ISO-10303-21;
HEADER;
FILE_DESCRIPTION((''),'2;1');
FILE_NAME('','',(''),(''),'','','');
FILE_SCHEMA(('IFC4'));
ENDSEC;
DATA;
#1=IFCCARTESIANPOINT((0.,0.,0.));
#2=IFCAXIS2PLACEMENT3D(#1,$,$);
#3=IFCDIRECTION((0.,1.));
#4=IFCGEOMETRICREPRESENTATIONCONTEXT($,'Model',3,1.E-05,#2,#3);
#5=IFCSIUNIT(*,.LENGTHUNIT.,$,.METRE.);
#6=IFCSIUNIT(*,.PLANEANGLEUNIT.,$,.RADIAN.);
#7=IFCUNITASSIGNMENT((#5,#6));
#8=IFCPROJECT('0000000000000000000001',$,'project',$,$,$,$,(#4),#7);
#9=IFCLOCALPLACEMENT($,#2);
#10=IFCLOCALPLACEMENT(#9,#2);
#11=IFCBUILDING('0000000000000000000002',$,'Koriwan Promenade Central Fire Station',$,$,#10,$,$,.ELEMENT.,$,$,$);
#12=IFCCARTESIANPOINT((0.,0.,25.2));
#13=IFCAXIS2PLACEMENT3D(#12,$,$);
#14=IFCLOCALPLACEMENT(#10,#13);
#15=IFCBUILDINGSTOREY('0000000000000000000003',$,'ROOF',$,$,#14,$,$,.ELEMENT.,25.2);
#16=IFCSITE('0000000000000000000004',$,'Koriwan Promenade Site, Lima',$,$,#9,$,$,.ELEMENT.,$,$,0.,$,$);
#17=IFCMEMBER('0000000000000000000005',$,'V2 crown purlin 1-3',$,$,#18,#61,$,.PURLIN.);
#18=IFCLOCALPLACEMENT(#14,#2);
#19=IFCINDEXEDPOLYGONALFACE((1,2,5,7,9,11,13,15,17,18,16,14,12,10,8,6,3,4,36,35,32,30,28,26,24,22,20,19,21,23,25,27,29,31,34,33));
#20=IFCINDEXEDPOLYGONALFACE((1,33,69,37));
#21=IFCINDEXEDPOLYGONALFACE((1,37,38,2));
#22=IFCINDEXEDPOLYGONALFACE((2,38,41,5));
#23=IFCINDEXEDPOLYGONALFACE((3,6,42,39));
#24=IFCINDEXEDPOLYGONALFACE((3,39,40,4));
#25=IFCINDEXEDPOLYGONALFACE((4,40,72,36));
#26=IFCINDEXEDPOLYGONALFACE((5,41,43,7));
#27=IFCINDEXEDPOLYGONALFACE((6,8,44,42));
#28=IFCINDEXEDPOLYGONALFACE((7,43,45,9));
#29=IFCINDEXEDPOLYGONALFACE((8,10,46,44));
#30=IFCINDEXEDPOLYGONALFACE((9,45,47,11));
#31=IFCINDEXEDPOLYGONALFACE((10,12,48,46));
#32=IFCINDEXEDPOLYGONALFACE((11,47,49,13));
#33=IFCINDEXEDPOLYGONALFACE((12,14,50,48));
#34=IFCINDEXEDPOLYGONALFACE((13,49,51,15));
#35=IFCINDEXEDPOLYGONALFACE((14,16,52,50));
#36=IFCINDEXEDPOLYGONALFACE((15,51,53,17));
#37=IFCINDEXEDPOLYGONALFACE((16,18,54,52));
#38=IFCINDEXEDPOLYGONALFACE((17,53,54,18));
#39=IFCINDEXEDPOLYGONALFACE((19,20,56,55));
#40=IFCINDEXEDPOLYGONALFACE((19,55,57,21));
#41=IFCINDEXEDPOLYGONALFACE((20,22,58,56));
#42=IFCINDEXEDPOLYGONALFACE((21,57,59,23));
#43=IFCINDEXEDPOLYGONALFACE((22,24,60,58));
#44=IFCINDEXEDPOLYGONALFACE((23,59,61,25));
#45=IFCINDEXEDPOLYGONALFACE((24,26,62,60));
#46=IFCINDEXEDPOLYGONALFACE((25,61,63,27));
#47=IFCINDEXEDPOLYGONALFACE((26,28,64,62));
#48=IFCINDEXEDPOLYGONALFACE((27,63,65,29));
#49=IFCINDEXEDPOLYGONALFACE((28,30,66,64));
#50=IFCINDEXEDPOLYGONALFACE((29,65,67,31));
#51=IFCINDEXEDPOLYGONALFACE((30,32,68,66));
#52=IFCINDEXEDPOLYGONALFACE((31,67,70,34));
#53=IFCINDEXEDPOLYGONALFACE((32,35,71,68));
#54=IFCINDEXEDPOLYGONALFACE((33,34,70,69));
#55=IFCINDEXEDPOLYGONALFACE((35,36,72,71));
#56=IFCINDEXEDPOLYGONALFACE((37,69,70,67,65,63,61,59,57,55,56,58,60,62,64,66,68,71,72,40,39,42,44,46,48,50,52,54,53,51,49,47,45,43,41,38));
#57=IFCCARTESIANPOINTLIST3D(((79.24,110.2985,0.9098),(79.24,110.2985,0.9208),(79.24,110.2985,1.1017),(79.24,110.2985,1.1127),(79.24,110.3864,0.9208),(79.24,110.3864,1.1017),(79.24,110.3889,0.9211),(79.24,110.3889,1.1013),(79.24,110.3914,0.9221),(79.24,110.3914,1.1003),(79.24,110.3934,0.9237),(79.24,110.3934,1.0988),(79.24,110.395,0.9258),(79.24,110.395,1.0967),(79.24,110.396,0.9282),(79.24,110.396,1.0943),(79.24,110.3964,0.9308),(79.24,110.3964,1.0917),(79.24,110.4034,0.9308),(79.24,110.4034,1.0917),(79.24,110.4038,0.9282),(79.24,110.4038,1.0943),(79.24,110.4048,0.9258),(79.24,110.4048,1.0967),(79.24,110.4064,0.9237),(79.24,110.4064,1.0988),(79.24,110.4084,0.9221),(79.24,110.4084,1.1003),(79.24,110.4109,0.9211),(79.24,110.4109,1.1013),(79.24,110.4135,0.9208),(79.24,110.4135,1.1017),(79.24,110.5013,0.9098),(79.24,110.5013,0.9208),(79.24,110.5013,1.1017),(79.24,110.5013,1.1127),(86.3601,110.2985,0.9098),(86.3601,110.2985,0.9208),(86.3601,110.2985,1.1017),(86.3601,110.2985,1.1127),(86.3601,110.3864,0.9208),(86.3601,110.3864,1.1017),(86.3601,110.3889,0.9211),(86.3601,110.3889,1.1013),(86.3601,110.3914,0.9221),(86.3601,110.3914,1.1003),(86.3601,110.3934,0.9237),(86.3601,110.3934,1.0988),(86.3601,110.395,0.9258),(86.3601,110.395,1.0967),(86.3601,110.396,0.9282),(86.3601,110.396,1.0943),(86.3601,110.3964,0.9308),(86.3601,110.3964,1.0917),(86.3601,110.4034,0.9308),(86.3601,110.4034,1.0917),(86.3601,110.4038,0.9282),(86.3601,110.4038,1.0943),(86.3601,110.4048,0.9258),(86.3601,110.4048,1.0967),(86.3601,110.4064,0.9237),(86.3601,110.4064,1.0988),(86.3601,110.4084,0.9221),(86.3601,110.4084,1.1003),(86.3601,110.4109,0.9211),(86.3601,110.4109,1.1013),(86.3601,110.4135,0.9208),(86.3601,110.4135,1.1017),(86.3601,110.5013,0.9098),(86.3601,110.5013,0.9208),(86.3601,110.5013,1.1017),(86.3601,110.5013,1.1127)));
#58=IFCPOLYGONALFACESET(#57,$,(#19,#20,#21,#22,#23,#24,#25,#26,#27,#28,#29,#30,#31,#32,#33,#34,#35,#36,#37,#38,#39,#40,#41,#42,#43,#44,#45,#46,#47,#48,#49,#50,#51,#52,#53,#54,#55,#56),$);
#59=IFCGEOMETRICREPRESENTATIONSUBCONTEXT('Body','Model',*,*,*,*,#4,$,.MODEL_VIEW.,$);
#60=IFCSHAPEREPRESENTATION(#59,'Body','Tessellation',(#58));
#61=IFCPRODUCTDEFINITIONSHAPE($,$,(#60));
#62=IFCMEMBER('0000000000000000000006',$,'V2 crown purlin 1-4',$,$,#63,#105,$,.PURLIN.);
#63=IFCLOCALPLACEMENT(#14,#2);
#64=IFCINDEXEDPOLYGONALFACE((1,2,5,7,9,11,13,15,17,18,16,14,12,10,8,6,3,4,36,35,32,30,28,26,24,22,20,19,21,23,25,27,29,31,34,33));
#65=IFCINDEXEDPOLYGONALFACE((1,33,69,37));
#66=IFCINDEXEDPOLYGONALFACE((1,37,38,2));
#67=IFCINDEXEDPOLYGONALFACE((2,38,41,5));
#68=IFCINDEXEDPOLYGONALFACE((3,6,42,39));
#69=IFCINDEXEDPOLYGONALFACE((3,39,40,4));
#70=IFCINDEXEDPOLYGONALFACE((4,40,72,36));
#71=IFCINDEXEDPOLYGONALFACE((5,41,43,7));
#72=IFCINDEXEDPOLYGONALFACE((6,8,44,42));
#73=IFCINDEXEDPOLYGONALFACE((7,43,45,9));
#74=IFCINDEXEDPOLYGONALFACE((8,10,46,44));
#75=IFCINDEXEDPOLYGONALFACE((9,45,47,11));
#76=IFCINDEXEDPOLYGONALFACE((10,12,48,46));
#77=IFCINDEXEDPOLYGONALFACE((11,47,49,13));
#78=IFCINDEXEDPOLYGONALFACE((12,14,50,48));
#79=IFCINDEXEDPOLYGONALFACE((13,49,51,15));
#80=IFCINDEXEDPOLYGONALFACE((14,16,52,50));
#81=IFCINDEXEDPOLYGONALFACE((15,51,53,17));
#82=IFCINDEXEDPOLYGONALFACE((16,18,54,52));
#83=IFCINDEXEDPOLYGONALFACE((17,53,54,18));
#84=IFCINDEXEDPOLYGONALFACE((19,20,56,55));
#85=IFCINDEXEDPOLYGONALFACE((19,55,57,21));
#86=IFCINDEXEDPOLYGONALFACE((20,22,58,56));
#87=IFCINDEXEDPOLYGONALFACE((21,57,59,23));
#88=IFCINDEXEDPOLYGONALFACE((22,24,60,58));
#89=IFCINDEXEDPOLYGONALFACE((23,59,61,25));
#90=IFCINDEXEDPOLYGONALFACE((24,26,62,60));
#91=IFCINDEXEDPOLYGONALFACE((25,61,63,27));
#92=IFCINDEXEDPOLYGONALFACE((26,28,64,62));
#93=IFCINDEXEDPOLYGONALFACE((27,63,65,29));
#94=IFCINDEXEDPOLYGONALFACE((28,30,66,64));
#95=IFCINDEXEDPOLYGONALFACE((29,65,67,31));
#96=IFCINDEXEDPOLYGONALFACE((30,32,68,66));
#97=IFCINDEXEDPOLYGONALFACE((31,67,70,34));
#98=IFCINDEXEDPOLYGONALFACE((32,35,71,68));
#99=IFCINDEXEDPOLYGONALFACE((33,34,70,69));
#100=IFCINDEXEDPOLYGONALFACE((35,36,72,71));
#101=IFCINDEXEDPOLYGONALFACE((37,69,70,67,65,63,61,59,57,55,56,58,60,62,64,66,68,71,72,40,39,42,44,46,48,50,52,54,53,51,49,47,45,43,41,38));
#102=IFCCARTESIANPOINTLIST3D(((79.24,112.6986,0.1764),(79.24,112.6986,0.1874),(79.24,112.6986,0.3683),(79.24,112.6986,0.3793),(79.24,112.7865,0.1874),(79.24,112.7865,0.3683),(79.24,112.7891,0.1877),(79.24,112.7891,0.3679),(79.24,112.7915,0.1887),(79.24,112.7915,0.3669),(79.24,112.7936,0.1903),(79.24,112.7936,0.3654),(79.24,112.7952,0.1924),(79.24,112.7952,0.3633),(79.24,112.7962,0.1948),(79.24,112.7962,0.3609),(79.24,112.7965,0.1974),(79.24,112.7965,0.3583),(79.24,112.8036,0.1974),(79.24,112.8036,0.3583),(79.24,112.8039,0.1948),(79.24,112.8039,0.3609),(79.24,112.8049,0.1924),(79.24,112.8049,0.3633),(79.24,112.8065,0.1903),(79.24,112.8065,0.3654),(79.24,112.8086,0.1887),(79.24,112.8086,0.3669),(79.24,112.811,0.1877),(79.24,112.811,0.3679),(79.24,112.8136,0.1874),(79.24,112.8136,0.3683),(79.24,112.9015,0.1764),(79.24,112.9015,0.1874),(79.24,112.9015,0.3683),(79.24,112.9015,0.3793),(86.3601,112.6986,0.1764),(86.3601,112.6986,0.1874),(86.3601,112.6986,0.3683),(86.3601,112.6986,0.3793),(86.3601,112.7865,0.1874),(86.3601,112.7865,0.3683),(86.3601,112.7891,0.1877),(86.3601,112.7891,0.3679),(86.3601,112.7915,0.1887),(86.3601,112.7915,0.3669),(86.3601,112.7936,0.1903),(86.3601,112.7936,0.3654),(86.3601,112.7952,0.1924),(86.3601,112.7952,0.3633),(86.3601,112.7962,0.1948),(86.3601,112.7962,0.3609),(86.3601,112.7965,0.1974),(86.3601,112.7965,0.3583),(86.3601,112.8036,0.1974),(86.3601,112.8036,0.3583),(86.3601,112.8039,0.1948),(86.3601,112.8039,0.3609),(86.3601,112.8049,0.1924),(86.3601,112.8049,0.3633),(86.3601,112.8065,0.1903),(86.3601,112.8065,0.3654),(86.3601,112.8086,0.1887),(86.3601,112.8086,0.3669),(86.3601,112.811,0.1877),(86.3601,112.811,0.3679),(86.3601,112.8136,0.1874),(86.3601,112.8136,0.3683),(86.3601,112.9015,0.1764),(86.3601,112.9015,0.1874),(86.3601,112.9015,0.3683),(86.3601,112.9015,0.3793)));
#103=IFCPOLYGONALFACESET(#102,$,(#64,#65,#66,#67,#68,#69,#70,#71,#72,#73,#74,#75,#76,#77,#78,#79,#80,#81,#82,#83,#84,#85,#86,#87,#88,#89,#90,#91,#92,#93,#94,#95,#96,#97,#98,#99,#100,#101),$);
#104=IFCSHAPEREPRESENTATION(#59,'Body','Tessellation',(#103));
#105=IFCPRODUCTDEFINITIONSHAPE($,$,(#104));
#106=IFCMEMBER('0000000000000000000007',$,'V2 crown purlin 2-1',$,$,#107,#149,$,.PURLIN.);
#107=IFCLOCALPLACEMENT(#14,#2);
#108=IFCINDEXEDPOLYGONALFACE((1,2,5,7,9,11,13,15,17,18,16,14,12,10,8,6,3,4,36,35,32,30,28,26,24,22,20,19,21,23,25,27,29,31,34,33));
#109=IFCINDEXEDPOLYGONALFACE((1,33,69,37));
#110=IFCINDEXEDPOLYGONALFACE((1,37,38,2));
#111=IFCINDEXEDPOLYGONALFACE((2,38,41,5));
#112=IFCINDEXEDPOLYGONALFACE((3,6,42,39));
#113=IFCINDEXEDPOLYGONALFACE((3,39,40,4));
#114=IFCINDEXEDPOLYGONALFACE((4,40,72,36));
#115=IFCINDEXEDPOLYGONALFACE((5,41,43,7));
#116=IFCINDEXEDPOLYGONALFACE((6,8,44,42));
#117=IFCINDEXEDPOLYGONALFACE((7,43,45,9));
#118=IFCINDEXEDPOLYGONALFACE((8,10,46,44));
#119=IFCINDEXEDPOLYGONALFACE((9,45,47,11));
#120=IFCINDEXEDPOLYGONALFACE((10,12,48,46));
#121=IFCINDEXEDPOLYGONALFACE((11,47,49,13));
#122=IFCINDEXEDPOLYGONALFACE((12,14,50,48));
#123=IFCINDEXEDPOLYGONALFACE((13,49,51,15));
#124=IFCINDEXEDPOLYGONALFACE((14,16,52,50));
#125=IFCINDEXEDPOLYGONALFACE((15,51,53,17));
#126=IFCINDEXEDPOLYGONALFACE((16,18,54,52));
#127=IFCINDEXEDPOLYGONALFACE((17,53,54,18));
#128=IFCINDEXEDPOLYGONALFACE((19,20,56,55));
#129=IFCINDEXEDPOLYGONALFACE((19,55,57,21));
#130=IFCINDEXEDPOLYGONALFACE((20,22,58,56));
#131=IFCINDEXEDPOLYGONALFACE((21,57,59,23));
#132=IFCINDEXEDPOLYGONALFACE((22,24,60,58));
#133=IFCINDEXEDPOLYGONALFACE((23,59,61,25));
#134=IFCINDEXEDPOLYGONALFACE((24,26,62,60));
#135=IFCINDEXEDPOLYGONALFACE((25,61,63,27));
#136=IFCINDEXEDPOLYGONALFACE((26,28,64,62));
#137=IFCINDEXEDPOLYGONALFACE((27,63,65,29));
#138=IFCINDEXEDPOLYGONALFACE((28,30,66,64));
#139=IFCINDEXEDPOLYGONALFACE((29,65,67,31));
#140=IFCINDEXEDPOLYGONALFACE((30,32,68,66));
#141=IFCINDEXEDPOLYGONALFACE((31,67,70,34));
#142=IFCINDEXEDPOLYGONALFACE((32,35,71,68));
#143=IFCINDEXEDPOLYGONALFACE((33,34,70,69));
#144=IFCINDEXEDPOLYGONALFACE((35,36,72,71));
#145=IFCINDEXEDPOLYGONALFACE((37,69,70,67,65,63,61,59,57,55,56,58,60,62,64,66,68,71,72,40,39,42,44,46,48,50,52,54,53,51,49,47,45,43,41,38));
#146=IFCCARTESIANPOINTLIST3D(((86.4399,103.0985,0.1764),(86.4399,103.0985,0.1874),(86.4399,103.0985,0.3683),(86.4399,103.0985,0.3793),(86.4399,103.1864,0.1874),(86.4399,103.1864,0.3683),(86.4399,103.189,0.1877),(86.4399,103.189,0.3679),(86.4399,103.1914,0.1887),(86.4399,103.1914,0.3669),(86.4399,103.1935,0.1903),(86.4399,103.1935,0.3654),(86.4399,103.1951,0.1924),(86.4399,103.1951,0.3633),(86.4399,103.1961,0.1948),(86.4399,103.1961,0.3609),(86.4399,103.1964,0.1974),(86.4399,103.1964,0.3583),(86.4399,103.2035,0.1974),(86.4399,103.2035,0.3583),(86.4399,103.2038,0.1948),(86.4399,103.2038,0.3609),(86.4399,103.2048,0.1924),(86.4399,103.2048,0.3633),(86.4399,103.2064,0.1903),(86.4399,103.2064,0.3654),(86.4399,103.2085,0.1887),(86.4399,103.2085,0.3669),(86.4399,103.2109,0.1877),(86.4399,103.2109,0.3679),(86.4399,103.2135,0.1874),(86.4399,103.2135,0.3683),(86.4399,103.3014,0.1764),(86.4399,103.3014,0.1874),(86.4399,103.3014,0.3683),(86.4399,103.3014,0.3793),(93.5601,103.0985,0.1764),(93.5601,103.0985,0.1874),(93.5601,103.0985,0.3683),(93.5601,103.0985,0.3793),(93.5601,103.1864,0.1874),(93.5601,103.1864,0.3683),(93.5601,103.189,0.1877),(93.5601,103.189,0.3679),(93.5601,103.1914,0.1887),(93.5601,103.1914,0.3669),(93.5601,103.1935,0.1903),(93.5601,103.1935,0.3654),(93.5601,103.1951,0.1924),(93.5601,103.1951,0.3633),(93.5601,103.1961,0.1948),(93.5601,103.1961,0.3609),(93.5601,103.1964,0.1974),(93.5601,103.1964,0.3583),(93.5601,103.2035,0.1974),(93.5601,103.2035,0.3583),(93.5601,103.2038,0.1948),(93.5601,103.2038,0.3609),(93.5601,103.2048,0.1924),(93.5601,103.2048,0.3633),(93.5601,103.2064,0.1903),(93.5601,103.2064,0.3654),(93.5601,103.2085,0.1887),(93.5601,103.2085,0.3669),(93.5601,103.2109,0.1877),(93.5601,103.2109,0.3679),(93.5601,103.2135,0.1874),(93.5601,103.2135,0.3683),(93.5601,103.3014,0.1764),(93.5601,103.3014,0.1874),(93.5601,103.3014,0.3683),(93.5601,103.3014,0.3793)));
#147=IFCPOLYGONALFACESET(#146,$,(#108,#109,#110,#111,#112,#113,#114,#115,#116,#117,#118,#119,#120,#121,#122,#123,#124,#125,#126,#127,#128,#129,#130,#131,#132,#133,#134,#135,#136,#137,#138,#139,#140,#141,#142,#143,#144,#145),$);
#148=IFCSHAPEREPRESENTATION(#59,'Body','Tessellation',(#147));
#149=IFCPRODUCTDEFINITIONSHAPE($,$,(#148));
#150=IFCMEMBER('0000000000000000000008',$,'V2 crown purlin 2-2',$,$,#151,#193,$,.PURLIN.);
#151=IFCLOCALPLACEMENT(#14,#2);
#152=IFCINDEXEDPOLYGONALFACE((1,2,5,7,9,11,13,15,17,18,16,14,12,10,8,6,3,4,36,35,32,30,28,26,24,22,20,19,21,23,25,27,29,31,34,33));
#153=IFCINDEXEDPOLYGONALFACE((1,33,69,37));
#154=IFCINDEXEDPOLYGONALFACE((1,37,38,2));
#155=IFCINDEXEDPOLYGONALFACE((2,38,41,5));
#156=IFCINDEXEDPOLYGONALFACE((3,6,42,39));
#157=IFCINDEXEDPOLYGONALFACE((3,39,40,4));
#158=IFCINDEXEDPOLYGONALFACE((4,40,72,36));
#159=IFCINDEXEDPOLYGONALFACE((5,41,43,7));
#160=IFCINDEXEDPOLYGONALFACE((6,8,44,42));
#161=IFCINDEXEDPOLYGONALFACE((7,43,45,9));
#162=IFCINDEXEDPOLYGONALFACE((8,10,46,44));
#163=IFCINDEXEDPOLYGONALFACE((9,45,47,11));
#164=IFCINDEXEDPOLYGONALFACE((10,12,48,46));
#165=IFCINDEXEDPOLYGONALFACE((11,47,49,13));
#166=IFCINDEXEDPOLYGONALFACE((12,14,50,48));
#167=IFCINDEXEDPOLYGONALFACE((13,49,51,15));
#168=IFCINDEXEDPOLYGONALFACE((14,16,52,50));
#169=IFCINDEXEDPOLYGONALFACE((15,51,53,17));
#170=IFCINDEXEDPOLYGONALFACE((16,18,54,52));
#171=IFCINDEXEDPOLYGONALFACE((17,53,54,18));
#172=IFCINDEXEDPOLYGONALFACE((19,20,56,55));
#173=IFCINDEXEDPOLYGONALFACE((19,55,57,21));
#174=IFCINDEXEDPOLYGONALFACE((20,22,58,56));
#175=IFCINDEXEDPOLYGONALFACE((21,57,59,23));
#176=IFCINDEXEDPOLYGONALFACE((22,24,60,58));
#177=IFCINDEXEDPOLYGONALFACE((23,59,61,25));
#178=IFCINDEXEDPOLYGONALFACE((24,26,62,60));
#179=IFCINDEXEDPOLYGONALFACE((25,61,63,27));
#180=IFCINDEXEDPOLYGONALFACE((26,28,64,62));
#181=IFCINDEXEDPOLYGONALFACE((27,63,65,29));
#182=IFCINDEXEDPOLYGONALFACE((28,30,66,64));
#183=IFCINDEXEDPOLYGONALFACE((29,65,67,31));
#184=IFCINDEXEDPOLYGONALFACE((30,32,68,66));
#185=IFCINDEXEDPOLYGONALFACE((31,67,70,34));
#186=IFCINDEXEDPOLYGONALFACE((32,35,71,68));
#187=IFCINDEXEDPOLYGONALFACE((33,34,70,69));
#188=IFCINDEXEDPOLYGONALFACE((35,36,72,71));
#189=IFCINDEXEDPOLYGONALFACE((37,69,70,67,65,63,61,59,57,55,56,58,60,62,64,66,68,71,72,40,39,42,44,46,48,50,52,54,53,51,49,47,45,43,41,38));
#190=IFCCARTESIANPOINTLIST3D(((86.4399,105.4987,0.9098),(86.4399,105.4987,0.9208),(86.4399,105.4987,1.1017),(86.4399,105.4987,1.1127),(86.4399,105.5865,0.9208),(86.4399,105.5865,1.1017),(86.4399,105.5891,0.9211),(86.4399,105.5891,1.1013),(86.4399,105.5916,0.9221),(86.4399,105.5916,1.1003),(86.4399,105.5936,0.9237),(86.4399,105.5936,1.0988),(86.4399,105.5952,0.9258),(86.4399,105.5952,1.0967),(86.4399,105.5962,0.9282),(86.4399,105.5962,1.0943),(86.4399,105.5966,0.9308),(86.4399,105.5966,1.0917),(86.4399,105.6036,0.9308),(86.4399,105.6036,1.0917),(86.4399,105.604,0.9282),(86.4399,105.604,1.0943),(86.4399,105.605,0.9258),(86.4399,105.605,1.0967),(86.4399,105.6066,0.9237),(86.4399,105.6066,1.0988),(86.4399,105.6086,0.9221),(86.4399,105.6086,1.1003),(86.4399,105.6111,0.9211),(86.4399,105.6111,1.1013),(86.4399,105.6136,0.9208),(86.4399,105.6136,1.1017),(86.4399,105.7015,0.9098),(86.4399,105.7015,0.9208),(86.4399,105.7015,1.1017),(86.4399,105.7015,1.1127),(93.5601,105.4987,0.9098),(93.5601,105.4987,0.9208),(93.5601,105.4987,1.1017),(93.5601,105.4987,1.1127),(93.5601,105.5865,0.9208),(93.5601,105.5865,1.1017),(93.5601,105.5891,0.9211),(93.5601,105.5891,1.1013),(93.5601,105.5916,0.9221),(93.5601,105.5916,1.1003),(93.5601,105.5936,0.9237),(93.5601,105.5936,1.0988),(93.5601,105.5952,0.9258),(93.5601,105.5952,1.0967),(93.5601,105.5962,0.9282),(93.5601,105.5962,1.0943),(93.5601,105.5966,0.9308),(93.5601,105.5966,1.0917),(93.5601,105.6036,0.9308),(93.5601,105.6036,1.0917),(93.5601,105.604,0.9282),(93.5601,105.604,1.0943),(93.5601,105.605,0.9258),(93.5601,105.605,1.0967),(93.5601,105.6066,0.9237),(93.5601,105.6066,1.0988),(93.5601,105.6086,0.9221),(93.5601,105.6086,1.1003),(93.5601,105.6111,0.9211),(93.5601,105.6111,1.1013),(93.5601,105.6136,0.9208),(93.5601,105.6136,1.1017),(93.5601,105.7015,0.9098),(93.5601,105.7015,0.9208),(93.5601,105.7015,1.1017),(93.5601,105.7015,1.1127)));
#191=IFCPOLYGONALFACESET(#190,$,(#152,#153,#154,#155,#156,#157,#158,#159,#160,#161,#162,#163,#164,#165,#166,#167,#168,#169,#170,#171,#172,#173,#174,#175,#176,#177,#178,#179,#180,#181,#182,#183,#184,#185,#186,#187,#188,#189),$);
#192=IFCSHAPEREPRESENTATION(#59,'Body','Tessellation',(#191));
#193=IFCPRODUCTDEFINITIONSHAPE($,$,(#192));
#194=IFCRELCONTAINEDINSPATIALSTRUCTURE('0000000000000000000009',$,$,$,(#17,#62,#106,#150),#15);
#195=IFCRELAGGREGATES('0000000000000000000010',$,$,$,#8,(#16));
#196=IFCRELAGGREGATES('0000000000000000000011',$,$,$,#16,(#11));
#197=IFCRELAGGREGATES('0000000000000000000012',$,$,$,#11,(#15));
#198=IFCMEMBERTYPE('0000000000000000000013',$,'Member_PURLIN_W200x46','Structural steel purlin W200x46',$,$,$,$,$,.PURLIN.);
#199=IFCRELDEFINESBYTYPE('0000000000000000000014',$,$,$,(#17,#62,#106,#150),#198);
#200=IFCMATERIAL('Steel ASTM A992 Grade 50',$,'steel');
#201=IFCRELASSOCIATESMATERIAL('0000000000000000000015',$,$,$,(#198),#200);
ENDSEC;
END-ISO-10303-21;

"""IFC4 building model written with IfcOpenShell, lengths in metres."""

from ifc_helpers import new_model, si_unit, direction, frame, origin, origin_2d, place, context, subcontext, project, spatial, i_section, extrude, material, material_profile, profile_set, type_object, element, save


model = new_model("IFC4")

# Units and contexts
model_context = context("Model", 3, precision=1e-05, world=origin(), true_north=direction((0.0, 1.0)))
body_context = subcontext(model_context, "Body", "Model", "MODEL_VIEW")
ifc_project = project(units=[si_unit("LENGTHUNIT", "METRE"), si_unit("PLANEANGLEUNIT", "RADIAN")], contexts=[model_context])

# Site, building, storey
site_placement = place(None, origin())
site = spatial("IfcSite", under=ifc_project, at=site_placement, Name="Koriwan Promenade Site, Lima", CompositionType="ELEMENT", RefElevation=0.0)
building_placement = place(site_placement, origin())
building = spatial("IfcBuilding", under=site, at=building_placement, Name="Koriwan Promenade Central Fire Station", CompositionType="ELEMENT")
storey_placement = place(building_placement, frame((0.0, 0.0, 25.2)))
storey = spatial("IfcBuildingStorey", under=building, at=storey_placement, Name="ROOF", CompositionType="ELEMENT", Elevation=25.2)

# Members
ifc_material_1 = material(Name="Steel ASTM A992 Grade 50", Category="steel")
ifc_material_profile_1 = material_profile(ifc_material_1, i_section(OverallWidth=0.2029, OverallDepth=0.2029, WebThickness=0.0071, FlangeThickness=0.011, FilletRadius=0.01, at=origin_2d()), Name="W200x46")
ifc_profile_set_1 = profile_set([ifc_material_profile_1], Name="Steel ASTM A992 Grade 50")
member_type_1 = type_object("IfcMemberType", Name="Member_PURLIN_W200x46", Description="Structural steel purlin W200x46", PredefinedType="PURLIN", material=ifc_profile_set_1)
for number, where, z_axis, x_axis, name in (
    (1, (79.24, 110.3999, 1.0112), (1.0, 0.0, 0.0), (0.0, 1.0, 0.0), "V2 crown purlin 1-3"),
    (2, (79.24, 112.8, 0.2778), (1.0, 0.0, 0.0), (0.0, 1.0, 0.0), "V2 crown purlin 1-4"),
    (3, (86.4399, 103.2, 0.2778), (1.0, 0.0, 0.0), (0.0, 1.0, 0.0), "V2 crown purlin 2-1"),
    (4, (86.4399, 105.6001, 1.0112), (1.0, 0.0, 0.0), (0.0, 1.0, 0.0), "V2 crown purlin 2-2"),
):
    element("IfcMember", number, at=place(storey_placement, frame(where, z_axis=z_axis, x_axis=x_axis)), inside=storey, type_object=member_type_1, Name=name, PredefinedType="PURLIN", context=body_context, shape_type="SweptSolid", body=[
        extrude(i_section(OverallWidth=0.2029, OverallDepth=0.2029, WebThickness=0.0071, FlangeThickness=0.011, FilletRadius=0.01, at=origin_2d()), origin(), (0.0, 0.0, 1.0), 7.1201),
    ])

save(model, "model.ifc")
